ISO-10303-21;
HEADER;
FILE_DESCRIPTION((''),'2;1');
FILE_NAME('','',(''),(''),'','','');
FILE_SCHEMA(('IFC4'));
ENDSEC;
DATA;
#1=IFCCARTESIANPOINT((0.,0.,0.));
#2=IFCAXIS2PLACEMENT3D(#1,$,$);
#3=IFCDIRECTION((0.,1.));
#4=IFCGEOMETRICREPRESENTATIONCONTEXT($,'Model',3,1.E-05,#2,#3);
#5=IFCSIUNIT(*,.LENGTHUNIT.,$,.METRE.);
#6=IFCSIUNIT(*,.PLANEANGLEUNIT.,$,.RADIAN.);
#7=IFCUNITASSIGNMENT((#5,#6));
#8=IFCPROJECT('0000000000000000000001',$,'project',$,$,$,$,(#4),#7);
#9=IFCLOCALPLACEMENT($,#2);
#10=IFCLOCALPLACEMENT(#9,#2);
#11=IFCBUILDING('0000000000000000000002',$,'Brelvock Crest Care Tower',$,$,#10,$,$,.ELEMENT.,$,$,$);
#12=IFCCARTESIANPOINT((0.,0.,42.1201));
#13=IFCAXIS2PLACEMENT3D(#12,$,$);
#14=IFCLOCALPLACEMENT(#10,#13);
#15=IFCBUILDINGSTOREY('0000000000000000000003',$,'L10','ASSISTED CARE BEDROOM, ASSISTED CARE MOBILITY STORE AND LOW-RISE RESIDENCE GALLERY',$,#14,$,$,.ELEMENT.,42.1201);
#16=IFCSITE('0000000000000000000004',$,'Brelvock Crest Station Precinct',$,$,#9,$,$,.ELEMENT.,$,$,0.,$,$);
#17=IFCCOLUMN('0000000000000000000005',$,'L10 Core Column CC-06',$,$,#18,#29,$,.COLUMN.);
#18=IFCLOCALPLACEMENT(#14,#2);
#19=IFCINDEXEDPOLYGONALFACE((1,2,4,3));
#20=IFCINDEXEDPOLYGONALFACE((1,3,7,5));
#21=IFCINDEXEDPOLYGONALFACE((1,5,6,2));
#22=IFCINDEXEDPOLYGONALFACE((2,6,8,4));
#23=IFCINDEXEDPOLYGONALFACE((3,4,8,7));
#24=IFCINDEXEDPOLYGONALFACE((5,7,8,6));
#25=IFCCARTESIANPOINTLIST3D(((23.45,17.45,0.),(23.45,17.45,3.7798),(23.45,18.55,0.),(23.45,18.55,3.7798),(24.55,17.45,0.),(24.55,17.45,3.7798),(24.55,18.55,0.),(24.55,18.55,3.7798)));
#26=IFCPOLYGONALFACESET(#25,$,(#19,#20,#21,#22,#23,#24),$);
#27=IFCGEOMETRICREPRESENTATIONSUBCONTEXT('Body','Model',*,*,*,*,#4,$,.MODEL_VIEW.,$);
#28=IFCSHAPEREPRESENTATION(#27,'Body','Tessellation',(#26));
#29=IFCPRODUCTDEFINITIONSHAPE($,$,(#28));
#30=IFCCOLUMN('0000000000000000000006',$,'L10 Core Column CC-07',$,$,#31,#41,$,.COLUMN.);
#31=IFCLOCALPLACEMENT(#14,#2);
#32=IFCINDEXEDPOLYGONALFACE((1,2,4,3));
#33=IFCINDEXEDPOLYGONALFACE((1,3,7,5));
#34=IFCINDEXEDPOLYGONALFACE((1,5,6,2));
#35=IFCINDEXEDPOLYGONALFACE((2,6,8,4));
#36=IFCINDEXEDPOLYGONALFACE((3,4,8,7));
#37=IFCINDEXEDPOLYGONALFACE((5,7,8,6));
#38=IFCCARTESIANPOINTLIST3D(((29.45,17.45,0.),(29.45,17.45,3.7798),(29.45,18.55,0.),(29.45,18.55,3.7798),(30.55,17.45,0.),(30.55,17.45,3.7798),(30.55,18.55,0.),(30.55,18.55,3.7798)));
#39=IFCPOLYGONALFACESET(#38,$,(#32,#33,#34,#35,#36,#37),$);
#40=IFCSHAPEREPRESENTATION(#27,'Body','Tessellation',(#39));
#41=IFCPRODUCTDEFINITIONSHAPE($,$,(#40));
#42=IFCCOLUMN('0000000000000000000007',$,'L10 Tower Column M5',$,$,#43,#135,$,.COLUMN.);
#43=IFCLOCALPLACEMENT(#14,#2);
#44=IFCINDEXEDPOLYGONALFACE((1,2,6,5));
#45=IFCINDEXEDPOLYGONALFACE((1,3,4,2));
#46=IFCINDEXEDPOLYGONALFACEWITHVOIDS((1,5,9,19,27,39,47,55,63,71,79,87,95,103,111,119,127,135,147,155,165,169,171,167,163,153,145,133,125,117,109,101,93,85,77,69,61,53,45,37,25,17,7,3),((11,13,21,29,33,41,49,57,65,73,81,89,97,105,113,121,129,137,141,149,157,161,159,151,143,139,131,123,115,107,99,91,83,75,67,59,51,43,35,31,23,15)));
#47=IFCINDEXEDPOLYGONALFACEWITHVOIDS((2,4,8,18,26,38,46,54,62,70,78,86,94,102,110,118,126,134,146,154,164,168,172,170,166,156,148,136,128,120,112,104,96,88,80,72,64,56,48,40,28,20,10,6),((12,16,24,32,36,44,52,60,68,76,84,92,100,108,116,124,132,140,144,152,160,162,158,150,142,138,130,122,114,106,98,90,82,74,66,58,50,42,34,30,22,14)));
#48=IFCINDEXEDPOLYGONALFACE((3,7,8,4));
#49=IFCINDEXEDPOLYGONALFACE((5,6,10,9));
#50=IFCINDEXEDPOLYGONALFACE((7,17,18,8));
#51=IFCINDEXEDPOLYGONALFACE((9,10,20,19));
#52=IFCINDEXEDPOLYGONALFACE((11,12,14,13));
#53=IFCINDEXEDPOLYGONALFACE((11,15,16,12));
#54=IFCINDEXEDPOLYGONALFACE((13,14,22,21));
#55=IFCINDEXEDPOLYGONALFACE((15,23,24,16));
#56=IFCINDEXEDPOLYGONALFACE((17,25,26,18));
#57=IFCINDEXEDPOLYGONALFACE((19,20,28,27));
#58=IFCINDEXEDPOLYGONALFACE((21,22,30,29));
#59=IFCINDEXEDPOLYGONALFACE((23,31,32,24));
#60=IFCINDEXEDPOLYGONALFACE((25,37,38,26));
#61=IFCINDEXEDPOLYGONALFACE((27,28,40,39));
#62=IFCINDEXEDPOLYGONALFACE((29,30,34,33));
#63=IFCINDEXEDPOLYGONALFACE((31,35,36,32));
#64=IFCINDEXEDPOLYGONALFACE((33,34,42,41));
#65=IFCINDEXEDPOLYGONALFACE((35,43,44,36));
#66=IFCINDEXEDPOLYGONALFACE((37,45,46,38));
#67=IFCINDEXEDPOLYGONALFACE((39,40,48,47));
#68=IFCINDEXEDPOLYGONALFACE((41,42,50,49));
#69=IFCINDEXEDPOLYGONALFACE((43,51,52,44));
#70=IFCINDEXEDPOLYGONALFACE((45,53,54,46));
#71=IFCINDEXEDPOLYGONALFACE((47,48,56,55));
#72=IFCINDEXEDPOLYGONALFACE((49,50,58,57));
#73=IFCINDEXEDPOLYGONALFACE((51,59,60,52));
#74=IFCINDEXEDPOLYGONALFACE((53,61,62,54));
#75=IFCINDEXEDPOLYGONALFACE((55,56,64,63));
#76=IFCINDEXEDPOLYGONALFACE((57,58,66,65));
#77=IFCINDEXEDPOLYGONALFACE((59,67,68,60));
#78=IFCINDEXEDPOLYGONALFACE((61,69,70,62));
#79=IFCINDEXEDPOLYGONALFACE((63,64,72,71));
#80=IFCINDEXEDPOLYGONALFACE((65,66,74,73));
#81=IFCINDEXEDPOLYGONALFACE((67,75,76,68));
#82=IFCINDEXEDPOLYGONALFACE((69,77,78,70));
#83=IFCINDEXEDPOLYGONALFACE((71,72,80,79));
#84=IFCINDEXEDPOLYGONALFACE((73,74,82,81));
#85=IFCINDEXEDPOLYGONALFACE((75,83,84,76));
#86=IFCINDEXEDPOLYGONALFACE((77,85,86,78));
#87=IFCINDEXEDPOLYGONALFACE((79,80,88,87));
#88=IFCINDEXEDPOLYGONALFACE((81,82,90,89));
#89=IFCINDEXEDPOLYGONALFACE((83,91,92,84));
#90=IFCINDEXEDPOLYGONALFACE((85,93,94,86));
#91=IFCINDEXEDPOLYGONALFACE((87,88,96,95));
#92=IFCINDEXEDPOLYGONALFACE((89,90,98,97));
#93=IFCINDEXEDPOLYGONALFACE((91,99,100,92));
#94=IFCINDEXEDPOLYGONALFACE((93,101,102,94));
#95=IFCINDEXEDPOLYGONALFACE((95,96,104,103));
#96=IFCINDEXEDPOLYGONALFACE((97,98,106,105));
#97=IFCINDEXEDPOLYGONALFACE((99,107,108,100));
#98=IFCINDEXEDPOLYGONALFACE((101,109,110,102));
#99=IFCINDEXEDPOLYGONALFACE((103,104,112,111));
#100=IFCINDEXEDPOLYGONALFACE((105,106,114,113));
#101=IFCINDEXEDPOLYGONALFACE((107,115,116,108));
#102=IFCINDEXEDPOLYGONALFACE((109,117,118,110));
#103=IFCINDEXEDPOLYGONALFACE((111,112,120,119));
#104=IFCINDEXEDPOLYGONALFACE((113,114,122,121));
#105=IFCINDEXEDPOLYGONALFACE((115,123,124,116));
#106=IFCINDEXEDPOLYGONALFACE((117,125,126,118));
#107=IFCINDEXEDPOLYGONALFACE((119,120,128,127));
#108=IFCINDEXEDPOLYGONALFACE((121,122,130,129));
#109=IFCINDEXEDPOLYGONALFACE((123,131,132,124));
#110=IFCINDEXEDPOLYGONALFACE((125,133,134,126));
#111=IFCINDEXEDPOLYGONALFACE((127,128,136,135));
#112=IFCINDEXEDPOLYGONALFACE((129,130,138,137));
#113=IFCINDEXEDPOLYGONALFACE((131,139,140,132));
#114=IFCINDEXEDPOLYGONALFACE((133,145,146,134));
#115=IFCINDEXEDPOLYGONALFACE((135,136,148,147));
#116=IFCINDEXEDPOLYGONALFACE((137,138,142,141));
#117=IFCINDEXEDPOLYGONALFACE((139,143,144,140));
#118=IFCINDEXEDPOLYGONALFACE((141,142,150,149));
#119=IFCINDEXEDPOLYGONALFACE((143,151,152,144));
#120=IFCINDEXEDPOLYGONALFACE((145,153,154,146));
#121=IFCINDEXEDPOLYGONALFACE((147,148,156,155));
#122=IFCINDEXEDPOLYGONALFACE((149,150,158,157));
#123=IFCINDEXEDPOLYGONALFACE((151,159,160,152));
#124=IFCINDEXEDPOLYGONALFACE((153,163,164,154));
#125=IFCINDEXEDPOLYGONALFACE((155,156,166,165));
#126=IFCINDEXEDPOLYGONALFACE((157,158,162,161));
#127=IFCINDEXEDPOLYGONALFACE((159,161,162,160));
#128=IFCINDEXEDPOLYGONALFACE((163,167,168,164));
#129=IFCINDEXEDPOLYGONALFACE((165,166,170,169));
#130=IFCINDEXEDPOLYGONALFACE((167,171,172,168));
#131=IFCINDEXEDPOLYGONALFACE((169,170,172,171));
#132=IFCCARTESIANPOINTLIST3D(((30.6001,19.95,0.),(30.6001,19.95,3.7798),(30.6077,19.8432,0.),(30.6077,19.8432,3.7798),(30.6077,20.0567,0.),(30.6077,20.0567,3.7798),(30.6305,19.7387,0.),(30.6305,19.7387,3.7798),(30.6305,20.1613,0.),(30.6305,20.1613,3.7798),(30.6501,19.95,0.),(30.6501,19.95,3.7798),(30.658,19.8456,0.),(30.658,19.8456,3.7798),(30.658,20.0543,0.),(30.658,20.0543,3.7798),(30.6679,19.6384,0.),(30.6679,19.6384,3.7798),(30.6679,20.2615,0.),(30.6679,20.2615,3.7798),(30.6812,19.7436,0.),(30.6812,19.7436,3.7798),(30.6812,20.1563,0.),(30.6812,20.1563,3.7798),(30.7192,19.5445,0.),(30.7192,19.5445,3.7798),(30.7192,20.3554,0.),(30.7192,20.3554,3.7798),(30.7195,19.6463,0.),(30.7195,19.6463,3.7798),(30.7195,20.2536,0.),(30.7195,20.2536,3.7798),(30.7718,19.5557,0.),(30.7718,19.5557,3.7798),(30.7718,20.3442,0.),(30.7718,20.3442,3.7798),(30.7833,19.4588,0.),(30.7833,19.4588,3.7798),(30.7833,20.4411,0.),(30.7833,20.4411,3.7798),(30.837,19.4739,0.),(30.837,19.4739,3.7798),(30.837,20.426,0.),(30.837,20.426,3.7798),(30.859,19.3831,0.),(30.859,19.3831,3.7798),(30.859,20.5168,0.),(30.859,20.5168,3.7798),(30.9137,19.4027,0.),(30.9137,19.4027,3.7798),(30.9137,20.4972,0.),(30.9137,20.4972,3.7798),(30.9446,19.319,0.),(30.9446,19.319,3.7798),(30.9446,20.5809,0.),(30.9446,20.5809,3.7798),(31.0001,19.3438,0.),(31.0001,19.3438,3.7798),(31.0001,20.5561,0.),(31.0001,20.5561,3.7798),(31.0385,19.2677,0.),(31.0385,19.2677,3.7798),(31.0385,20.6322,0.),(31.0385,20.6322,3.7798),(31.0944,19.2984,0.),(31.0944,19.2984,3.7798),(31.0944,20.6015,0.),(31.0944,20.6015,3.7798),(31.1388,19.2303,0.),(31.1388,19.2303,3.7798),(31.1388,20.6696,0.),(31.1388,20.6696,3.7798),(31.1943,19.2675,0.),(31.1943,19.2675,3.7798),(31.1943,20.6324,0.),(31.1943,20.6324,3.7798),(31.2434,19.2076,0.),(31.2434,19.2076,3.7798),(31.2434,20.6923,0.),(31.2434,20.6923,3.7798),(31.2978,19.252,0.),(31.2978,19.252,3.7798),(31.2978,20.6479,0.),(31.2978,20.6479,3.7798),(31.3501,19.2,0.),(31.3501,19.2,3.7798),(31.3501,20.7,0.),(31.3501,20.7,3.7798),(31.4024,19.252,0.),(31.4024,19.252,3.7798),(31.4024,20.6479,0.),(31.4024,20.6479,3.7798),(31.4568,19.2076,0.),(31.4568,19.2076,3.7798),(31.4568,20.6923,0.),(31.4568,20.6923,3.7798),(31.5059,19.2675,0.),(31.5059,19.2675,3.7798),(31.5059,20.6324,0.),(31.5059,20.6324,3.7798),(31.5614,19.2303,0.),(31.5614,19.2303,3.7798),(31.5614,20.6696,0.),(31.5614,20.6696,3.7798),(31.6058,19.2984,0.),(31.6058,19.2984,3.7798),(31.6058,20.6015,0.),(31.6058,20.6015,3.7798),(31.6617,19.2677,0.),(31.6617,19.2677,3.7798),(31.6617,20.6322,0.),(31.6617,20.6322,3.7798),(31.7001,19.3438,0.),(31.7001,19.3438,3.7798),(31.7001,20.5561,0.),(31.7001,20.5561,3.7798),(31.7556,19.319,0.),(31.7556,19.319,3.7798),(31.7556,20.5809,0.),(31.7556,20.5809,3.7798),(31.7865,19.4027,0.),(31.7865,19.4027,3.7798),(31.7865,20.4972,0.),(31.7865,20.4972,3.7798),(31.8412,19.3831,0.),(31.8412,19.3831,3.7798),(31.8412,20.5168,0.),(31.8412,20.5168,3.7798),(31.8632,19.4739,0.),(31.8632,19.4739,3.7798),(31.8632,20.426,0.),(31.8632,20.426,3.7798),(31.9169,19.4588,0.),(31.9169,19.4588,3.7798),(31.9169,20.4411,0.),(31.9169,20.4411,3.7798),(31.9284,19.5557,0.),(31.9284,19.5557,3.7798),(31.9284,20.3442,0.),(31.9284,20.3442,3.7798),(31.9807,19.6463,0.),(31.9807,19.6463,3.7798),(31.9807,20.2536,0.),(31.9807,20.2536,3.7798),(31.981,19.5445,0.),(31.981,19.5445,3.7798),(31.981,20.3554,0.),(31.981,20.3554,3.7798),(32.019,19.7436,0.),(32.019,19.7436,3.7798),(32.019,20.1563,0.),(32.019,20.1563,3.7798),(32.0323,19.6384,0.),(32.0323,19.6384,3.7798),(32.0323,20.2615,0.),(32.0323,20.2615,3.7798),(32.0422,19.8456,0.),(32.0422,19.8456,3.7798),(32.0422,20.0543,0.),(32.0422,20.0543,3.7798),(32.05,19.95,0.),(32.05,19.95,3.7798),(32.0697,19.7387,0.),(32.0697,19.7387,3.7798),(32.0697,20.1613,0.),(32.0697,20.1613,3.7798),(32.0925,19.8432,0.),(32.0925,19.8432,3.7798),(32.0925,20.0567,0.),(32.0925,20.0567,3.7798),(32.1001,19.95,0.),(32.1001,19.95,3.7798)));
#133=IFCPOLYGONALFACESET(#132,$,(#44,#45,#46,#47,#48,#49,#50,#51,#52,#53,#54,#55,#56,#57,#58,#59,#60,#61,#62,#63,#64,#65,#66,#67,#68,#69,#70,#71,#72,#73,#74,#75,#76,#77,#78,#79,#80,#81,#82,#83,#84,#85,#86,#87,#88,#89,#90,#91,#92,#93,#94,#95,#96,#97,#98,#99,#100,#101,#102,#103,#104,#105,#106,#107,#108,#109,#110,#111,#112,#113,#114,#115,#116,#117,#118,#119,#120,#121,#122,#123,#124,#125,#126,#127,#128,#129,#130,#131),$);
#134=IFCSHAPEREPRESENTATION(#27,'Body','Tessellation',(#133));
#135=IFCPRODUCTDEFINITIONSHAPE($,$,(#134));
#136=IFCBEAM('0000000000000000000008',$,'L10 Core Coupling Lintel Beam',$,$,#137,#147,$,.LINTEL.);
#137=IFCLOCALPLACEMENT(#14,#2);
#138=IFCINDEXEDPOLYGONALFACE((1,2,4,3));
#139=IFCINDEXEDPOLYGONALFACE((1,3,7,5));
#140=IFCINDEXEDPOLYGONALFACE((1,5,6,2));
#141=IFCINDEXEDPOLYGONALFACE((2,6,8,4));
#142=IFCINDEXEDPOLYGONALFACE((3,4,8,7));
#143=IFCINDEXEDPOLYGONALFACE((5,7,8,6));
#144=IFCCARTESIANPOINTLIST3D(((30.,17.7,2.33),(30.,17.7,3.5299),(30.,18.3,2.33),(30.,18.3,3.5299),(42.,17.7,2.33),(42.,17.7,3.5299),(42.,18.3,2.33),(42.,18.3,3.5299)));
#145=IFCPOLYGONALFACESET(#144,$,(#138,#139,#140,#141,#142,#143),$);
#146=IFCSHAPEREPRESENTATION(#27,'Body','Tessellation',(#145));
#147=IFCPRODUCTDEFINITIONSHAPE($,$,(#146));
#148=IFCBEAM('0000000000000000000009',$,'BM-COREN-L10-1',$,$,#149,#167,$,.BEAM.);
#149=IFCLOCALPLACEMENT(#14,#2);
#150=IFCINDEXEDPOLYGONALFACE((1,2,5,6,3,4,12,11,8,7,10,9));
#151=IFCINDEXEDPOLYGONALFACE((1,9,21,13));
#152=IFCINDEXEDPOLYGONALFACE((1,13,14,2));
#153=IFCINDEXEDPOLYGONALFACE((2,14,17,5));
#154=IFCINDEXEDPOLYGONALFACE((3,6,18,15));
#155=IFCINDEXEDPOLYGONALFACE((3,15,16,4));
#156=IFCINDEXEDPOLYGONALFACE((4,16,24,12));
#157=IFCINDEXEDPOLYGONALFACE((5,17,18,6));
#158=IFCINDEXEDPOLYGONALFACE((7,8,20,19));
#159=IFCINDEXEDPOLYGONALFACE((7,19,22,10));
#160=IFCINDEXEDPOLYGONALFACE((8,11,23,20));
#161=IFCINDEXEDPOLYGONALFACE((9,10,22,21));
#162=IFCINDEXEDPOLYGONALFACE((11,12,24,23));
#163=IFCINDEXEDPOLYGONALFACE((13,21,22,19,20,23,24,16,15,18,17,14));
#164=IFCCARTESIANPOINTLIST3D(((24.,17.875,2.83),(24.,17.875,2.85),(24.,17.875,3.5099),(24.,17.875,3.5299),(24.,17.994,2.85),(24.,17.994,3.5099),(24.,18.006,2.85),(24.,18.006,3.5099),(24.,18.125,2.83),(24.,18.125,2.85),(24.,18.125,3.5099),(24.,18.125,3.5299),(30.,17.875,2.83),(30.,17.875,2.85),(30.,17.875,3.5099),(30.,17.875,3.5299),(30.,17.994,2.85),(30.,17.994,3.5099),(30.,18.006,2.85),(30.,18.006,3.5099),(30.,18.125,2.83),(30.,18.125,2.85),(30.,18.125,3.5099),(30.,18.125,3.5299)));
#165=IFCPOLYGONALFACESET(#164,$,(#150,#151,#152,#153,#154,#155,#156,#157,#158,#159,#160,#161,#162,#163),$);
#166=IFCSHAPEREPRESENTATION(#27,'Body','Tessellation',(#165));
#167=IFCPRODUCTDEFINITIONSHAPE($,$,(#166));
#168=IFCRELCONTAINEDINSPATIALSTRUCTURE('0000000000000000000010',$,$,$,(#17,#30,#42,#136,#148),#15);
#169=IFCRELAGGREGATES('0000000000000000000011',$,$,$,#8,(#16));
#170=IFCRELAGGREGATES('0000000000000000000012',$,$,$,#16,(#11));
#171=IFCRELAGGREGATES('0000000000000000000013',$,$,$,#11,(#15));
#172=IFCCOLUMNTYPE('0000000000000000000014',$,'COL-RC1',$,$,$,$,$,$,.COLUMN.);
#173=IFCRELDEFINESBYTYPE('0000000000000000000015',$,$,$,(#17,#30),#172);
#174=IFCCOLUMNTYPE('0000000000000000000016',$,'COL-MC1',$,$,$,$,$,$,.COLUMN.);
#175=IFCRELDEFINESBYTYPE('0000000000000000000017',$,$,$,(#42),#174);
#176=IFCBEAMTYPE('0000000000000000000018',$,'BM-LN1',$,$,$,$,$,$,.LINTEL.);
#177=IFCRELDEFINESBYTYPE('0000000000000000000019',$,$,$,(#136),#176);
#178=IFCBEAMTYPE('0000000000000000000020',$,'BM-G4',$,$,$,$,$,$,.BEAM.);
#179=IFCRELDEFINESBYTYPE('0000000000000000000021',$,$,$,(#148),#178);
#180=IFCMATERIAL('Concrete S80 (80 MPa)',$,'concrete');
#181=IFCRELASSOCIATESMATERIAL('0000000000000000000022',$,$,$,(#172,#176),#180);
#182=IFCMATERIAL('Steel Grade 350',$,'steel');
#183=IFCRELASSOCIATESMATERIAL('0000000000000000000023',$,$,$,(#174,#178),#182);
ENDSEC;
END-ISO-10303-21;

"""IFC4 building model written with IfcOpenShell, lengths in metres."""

from ifc_helpers import new_model, si_unit, direction, frame, origin, origin_2d, place, context, subcontext, project, spatial, rectangle, hollow_circle, i_section, extrude, source, transform, mapped, material, material_profile, profile_set, type_object, element, save


model = new_model("IFC4")

# Units and contexts
model_context = context("Model", 3, precision=1e-05, world=origin(), true_north=direction((0.0, 1.0)))
body_context = subcontext(model_context, "Body", "Model", "MODEL_VIEW")
ifc_project = project(units=[si_unit("LENGTHUNIT", "METRE"), si_unit("PLANEANGLEUNIT", "RADIAN")], contexts=[model_context])

# Site, building, storey
site_placement = place(None, origin())
site = spatial("IfcSite", under=ifc_project, at=site_placement, Name="Brelvock Crest Station Precinct", CompositionType="ELEMENT", RefElevation=0.0)
building_placement = place(site_placement, origin())
building = spatial("IfcBuilding", under=site, at=building_placement, Name="Brelvock Crest Care Tower", CompositionType="ELEMENT")
storey_placement = place(building_placement, frame((0.0, 0.0, 42.1201)))
storey = spatial("IfcBuildingStorey", under=building, at=storey_placement, Name="L10", Description="ASSISTED CARE BEDROOM, ASSISTED CARE MOBILITY STORE AND LOW-RISE RESIDENCE GALLERY", CompositionType="ELEMENT", Elevation=42.1201)

# Columns
ifc_material_1 = material(Name="Concrete S80 (80 MPa)", Category="concrete")
ifc_material_profile_1 = material_profile(ifc_material_1, rectangle(XDim=1.1001, YDim=1.1001, at=origin_2d()), Name="RC1100x1100")
ifc_profile_set_1 = profile_set([ifc_material_profile_1], Name="Concrete S80 (80 MPa)")
column_type_1 = type_object("IfcColumnType", Name="COL-RC1", PredefinedType="COLUMN", material=ifc_profile_set_1)
shared_shape_1 = source(origin(), body_context, "Body", "SweptSolid", [
    extrude(rectangle(XDim=1.1001, YDim=1.1001, at=origin_2d()), origin(), (0.0, 0.0, 1.0), 3.7798),
])
for number, where, z_axis, x_axis, name in (
    (1, (24.0, 18.0, 0.0), (0.0, 0.0, 1.0), (1.0, 0.0, 0.0), "L10 Core Column CC-06"),
    (2, (30.0, 18.0, 0.0), (0.0, 0.0, 1.0), (1.0, 0.0, 0.0), "L10 Core Column CC-07"),
):
    element("IfcColumn", number, at=place(storey_placement, frame(where, z_axis=z_axis, x_axis=x_axis)), inside=storey, type_object=column_type_1, Name=name, PredefinedType="COLUMN", context=body_context, shape_type="MappedRepresentation", body=[
        mapped(shared_shape_1, transform((0.0, 0.0, 0.0), x_axis=(1.0, 0.0, 0.0), y_axis=(0.0, 1.0, 0.0), z_axis=(0.0, 0.0, 1.0), scale=1.0)),
    ])
ifc_material_2 = material(Name="Steel Grade 350", Category="steel")
ifc_material_profile_2 = material_profile(ifc_material_2, hollow_circle(Radius=0.75, WallThickness=0.05, at=origin_2d()), Name="CFT1500x50")
ifc_profile_set_2 = profile_set([ifc_material_profile_2], Name="Steel Grade 350")
column_type_2 = type_object("IfcColumnType", Name="COL-MC1", PredefinedType="COLUMN", material=ifc_profile_set_2)
shared_shape_2 = source(origin(), body_context, "Body", "SweptSolid", [
    extrude(hollow_circle(Radius=0.75, WallThickness=0.05, at=origin_2d()), origin(), (0.0, 0.0, 1.0), 3.7798),
])
column_placement = place(storey_placement, frame((31.3501, 19.95, 0.0), z_axis=(0.0, 0.0, 1.0), x_axis=(1.0, 0.0, 0.0)))
element("IfcColumn", 3, at=column_placement, inside=storey, type_object=column_type_2, Name="L10 Tower Column M5", PredefinedType="COLUMN", context=body_context, shape_type="MappedRepresentation", body=[
    mapped(shared_shape_2, transform((0.0, 0.0, 0.0), x_axis=(1.0, 0.0, 0.0), y_axis=(0.0, 1.0, 0.0), z_axis=(0.0, 0.0, 1.0), scale=1.0)),
])

# Beams
ifc_material_profile_3 = material_profile(ifc_material_1, rectangle(XDim=0.6001, YDim=1.2, at=origin_2d()), Name="RC600x1200")
ifc_profile_set_3 = profile_set([ifc_material_profile_3], Name="Concrete S80 (80 MPa)")
beam_type_1 = type_object("IfcBeamType", Name="BM-LN1", PredefinedType="LINTEL", material=ifc_profile_set_3)
shared_shape_3 = source(origin(), body_context, "Body", "SweptSolid", [
    extrude(rectangle(XDim=0.6001, YDim=1.2, at=origin_2d()), origin(), (0.0, 0.0, 1.0), 12.0),
])
beam_1_placement = place(storey_placement, frame((30.0, 18.0, 2.9299), z_axis=(1.0, 0.0, 0.0), x_axis=(0.0, 1.0, 0.0)))
element("IfcBeam", 4, at=beam_1_placement, inside=storey, type_object=beam_type_1, Name="L10 Core Coupling Lintel Beam", PredefinedType="LINTEL", context=body_context, shape_type="MappedRepresentation", body=[
    mapped(shared_shape_3, transform((0.0, 0.0, 0.0), x_axis=(1.0, 0.0, 0.0), y_axis=(0.0, 1.0, 0.0), z_axis=(0.0, 0.0, 1.0), scale=1.0)),
])
ifc_material_profile_4 = material_profile(ifc_material_2, i_section(OverallWidth=0.25, OverallDepth=0.7, WebThickness=0.012, FlangeThickness=0.02, at=origin_2d()), Name="700WB150")
ifc_profile_set_4 = profile_set([ifc_material_profile_4], Name="Steel Grade 350")
beam_type_2 = type_object("IfcBeamType", Name="BM-G4", PredefinedType="BEAM", material=ifc_profile_set_4)
shared_shape_4 = source(origin(), body_context, "Body", "SweptSolid", [
    extrude(i_section(OverallWidth=0.25, OverallDepth=0.7, WebThickness=0.012, FlangeThickness=0.02, at=origin_2d()), origin(), (0.0, 0.0, 1.0), 6.0),
])
beam_2_placement = place(storey_placement, frame((24.0, 18.0, 3.1799), z_axis=(1.0, 0.0, 0.0), x_axis=(0.0, 1.0, 0.0)))
element("IfcBeam", 5, at=beam_2_placement, inside=storey, type_object=beam_type_2, Name="BM-COREN-L10-1", PredefinedType="BEAM", context=body_context, shape_type="MappedRepresentation", body=[
    mapped(shared_shape_4, transform((0.0, 0.0, 0.0), x_axis=(1.0, 0.0, 0.0), y_axis=(0.0, 1.0, 0.0), z_axis=(0.0, 0.0, 1.0), scale=1.0)),
])

save(model, "model.ifc")
